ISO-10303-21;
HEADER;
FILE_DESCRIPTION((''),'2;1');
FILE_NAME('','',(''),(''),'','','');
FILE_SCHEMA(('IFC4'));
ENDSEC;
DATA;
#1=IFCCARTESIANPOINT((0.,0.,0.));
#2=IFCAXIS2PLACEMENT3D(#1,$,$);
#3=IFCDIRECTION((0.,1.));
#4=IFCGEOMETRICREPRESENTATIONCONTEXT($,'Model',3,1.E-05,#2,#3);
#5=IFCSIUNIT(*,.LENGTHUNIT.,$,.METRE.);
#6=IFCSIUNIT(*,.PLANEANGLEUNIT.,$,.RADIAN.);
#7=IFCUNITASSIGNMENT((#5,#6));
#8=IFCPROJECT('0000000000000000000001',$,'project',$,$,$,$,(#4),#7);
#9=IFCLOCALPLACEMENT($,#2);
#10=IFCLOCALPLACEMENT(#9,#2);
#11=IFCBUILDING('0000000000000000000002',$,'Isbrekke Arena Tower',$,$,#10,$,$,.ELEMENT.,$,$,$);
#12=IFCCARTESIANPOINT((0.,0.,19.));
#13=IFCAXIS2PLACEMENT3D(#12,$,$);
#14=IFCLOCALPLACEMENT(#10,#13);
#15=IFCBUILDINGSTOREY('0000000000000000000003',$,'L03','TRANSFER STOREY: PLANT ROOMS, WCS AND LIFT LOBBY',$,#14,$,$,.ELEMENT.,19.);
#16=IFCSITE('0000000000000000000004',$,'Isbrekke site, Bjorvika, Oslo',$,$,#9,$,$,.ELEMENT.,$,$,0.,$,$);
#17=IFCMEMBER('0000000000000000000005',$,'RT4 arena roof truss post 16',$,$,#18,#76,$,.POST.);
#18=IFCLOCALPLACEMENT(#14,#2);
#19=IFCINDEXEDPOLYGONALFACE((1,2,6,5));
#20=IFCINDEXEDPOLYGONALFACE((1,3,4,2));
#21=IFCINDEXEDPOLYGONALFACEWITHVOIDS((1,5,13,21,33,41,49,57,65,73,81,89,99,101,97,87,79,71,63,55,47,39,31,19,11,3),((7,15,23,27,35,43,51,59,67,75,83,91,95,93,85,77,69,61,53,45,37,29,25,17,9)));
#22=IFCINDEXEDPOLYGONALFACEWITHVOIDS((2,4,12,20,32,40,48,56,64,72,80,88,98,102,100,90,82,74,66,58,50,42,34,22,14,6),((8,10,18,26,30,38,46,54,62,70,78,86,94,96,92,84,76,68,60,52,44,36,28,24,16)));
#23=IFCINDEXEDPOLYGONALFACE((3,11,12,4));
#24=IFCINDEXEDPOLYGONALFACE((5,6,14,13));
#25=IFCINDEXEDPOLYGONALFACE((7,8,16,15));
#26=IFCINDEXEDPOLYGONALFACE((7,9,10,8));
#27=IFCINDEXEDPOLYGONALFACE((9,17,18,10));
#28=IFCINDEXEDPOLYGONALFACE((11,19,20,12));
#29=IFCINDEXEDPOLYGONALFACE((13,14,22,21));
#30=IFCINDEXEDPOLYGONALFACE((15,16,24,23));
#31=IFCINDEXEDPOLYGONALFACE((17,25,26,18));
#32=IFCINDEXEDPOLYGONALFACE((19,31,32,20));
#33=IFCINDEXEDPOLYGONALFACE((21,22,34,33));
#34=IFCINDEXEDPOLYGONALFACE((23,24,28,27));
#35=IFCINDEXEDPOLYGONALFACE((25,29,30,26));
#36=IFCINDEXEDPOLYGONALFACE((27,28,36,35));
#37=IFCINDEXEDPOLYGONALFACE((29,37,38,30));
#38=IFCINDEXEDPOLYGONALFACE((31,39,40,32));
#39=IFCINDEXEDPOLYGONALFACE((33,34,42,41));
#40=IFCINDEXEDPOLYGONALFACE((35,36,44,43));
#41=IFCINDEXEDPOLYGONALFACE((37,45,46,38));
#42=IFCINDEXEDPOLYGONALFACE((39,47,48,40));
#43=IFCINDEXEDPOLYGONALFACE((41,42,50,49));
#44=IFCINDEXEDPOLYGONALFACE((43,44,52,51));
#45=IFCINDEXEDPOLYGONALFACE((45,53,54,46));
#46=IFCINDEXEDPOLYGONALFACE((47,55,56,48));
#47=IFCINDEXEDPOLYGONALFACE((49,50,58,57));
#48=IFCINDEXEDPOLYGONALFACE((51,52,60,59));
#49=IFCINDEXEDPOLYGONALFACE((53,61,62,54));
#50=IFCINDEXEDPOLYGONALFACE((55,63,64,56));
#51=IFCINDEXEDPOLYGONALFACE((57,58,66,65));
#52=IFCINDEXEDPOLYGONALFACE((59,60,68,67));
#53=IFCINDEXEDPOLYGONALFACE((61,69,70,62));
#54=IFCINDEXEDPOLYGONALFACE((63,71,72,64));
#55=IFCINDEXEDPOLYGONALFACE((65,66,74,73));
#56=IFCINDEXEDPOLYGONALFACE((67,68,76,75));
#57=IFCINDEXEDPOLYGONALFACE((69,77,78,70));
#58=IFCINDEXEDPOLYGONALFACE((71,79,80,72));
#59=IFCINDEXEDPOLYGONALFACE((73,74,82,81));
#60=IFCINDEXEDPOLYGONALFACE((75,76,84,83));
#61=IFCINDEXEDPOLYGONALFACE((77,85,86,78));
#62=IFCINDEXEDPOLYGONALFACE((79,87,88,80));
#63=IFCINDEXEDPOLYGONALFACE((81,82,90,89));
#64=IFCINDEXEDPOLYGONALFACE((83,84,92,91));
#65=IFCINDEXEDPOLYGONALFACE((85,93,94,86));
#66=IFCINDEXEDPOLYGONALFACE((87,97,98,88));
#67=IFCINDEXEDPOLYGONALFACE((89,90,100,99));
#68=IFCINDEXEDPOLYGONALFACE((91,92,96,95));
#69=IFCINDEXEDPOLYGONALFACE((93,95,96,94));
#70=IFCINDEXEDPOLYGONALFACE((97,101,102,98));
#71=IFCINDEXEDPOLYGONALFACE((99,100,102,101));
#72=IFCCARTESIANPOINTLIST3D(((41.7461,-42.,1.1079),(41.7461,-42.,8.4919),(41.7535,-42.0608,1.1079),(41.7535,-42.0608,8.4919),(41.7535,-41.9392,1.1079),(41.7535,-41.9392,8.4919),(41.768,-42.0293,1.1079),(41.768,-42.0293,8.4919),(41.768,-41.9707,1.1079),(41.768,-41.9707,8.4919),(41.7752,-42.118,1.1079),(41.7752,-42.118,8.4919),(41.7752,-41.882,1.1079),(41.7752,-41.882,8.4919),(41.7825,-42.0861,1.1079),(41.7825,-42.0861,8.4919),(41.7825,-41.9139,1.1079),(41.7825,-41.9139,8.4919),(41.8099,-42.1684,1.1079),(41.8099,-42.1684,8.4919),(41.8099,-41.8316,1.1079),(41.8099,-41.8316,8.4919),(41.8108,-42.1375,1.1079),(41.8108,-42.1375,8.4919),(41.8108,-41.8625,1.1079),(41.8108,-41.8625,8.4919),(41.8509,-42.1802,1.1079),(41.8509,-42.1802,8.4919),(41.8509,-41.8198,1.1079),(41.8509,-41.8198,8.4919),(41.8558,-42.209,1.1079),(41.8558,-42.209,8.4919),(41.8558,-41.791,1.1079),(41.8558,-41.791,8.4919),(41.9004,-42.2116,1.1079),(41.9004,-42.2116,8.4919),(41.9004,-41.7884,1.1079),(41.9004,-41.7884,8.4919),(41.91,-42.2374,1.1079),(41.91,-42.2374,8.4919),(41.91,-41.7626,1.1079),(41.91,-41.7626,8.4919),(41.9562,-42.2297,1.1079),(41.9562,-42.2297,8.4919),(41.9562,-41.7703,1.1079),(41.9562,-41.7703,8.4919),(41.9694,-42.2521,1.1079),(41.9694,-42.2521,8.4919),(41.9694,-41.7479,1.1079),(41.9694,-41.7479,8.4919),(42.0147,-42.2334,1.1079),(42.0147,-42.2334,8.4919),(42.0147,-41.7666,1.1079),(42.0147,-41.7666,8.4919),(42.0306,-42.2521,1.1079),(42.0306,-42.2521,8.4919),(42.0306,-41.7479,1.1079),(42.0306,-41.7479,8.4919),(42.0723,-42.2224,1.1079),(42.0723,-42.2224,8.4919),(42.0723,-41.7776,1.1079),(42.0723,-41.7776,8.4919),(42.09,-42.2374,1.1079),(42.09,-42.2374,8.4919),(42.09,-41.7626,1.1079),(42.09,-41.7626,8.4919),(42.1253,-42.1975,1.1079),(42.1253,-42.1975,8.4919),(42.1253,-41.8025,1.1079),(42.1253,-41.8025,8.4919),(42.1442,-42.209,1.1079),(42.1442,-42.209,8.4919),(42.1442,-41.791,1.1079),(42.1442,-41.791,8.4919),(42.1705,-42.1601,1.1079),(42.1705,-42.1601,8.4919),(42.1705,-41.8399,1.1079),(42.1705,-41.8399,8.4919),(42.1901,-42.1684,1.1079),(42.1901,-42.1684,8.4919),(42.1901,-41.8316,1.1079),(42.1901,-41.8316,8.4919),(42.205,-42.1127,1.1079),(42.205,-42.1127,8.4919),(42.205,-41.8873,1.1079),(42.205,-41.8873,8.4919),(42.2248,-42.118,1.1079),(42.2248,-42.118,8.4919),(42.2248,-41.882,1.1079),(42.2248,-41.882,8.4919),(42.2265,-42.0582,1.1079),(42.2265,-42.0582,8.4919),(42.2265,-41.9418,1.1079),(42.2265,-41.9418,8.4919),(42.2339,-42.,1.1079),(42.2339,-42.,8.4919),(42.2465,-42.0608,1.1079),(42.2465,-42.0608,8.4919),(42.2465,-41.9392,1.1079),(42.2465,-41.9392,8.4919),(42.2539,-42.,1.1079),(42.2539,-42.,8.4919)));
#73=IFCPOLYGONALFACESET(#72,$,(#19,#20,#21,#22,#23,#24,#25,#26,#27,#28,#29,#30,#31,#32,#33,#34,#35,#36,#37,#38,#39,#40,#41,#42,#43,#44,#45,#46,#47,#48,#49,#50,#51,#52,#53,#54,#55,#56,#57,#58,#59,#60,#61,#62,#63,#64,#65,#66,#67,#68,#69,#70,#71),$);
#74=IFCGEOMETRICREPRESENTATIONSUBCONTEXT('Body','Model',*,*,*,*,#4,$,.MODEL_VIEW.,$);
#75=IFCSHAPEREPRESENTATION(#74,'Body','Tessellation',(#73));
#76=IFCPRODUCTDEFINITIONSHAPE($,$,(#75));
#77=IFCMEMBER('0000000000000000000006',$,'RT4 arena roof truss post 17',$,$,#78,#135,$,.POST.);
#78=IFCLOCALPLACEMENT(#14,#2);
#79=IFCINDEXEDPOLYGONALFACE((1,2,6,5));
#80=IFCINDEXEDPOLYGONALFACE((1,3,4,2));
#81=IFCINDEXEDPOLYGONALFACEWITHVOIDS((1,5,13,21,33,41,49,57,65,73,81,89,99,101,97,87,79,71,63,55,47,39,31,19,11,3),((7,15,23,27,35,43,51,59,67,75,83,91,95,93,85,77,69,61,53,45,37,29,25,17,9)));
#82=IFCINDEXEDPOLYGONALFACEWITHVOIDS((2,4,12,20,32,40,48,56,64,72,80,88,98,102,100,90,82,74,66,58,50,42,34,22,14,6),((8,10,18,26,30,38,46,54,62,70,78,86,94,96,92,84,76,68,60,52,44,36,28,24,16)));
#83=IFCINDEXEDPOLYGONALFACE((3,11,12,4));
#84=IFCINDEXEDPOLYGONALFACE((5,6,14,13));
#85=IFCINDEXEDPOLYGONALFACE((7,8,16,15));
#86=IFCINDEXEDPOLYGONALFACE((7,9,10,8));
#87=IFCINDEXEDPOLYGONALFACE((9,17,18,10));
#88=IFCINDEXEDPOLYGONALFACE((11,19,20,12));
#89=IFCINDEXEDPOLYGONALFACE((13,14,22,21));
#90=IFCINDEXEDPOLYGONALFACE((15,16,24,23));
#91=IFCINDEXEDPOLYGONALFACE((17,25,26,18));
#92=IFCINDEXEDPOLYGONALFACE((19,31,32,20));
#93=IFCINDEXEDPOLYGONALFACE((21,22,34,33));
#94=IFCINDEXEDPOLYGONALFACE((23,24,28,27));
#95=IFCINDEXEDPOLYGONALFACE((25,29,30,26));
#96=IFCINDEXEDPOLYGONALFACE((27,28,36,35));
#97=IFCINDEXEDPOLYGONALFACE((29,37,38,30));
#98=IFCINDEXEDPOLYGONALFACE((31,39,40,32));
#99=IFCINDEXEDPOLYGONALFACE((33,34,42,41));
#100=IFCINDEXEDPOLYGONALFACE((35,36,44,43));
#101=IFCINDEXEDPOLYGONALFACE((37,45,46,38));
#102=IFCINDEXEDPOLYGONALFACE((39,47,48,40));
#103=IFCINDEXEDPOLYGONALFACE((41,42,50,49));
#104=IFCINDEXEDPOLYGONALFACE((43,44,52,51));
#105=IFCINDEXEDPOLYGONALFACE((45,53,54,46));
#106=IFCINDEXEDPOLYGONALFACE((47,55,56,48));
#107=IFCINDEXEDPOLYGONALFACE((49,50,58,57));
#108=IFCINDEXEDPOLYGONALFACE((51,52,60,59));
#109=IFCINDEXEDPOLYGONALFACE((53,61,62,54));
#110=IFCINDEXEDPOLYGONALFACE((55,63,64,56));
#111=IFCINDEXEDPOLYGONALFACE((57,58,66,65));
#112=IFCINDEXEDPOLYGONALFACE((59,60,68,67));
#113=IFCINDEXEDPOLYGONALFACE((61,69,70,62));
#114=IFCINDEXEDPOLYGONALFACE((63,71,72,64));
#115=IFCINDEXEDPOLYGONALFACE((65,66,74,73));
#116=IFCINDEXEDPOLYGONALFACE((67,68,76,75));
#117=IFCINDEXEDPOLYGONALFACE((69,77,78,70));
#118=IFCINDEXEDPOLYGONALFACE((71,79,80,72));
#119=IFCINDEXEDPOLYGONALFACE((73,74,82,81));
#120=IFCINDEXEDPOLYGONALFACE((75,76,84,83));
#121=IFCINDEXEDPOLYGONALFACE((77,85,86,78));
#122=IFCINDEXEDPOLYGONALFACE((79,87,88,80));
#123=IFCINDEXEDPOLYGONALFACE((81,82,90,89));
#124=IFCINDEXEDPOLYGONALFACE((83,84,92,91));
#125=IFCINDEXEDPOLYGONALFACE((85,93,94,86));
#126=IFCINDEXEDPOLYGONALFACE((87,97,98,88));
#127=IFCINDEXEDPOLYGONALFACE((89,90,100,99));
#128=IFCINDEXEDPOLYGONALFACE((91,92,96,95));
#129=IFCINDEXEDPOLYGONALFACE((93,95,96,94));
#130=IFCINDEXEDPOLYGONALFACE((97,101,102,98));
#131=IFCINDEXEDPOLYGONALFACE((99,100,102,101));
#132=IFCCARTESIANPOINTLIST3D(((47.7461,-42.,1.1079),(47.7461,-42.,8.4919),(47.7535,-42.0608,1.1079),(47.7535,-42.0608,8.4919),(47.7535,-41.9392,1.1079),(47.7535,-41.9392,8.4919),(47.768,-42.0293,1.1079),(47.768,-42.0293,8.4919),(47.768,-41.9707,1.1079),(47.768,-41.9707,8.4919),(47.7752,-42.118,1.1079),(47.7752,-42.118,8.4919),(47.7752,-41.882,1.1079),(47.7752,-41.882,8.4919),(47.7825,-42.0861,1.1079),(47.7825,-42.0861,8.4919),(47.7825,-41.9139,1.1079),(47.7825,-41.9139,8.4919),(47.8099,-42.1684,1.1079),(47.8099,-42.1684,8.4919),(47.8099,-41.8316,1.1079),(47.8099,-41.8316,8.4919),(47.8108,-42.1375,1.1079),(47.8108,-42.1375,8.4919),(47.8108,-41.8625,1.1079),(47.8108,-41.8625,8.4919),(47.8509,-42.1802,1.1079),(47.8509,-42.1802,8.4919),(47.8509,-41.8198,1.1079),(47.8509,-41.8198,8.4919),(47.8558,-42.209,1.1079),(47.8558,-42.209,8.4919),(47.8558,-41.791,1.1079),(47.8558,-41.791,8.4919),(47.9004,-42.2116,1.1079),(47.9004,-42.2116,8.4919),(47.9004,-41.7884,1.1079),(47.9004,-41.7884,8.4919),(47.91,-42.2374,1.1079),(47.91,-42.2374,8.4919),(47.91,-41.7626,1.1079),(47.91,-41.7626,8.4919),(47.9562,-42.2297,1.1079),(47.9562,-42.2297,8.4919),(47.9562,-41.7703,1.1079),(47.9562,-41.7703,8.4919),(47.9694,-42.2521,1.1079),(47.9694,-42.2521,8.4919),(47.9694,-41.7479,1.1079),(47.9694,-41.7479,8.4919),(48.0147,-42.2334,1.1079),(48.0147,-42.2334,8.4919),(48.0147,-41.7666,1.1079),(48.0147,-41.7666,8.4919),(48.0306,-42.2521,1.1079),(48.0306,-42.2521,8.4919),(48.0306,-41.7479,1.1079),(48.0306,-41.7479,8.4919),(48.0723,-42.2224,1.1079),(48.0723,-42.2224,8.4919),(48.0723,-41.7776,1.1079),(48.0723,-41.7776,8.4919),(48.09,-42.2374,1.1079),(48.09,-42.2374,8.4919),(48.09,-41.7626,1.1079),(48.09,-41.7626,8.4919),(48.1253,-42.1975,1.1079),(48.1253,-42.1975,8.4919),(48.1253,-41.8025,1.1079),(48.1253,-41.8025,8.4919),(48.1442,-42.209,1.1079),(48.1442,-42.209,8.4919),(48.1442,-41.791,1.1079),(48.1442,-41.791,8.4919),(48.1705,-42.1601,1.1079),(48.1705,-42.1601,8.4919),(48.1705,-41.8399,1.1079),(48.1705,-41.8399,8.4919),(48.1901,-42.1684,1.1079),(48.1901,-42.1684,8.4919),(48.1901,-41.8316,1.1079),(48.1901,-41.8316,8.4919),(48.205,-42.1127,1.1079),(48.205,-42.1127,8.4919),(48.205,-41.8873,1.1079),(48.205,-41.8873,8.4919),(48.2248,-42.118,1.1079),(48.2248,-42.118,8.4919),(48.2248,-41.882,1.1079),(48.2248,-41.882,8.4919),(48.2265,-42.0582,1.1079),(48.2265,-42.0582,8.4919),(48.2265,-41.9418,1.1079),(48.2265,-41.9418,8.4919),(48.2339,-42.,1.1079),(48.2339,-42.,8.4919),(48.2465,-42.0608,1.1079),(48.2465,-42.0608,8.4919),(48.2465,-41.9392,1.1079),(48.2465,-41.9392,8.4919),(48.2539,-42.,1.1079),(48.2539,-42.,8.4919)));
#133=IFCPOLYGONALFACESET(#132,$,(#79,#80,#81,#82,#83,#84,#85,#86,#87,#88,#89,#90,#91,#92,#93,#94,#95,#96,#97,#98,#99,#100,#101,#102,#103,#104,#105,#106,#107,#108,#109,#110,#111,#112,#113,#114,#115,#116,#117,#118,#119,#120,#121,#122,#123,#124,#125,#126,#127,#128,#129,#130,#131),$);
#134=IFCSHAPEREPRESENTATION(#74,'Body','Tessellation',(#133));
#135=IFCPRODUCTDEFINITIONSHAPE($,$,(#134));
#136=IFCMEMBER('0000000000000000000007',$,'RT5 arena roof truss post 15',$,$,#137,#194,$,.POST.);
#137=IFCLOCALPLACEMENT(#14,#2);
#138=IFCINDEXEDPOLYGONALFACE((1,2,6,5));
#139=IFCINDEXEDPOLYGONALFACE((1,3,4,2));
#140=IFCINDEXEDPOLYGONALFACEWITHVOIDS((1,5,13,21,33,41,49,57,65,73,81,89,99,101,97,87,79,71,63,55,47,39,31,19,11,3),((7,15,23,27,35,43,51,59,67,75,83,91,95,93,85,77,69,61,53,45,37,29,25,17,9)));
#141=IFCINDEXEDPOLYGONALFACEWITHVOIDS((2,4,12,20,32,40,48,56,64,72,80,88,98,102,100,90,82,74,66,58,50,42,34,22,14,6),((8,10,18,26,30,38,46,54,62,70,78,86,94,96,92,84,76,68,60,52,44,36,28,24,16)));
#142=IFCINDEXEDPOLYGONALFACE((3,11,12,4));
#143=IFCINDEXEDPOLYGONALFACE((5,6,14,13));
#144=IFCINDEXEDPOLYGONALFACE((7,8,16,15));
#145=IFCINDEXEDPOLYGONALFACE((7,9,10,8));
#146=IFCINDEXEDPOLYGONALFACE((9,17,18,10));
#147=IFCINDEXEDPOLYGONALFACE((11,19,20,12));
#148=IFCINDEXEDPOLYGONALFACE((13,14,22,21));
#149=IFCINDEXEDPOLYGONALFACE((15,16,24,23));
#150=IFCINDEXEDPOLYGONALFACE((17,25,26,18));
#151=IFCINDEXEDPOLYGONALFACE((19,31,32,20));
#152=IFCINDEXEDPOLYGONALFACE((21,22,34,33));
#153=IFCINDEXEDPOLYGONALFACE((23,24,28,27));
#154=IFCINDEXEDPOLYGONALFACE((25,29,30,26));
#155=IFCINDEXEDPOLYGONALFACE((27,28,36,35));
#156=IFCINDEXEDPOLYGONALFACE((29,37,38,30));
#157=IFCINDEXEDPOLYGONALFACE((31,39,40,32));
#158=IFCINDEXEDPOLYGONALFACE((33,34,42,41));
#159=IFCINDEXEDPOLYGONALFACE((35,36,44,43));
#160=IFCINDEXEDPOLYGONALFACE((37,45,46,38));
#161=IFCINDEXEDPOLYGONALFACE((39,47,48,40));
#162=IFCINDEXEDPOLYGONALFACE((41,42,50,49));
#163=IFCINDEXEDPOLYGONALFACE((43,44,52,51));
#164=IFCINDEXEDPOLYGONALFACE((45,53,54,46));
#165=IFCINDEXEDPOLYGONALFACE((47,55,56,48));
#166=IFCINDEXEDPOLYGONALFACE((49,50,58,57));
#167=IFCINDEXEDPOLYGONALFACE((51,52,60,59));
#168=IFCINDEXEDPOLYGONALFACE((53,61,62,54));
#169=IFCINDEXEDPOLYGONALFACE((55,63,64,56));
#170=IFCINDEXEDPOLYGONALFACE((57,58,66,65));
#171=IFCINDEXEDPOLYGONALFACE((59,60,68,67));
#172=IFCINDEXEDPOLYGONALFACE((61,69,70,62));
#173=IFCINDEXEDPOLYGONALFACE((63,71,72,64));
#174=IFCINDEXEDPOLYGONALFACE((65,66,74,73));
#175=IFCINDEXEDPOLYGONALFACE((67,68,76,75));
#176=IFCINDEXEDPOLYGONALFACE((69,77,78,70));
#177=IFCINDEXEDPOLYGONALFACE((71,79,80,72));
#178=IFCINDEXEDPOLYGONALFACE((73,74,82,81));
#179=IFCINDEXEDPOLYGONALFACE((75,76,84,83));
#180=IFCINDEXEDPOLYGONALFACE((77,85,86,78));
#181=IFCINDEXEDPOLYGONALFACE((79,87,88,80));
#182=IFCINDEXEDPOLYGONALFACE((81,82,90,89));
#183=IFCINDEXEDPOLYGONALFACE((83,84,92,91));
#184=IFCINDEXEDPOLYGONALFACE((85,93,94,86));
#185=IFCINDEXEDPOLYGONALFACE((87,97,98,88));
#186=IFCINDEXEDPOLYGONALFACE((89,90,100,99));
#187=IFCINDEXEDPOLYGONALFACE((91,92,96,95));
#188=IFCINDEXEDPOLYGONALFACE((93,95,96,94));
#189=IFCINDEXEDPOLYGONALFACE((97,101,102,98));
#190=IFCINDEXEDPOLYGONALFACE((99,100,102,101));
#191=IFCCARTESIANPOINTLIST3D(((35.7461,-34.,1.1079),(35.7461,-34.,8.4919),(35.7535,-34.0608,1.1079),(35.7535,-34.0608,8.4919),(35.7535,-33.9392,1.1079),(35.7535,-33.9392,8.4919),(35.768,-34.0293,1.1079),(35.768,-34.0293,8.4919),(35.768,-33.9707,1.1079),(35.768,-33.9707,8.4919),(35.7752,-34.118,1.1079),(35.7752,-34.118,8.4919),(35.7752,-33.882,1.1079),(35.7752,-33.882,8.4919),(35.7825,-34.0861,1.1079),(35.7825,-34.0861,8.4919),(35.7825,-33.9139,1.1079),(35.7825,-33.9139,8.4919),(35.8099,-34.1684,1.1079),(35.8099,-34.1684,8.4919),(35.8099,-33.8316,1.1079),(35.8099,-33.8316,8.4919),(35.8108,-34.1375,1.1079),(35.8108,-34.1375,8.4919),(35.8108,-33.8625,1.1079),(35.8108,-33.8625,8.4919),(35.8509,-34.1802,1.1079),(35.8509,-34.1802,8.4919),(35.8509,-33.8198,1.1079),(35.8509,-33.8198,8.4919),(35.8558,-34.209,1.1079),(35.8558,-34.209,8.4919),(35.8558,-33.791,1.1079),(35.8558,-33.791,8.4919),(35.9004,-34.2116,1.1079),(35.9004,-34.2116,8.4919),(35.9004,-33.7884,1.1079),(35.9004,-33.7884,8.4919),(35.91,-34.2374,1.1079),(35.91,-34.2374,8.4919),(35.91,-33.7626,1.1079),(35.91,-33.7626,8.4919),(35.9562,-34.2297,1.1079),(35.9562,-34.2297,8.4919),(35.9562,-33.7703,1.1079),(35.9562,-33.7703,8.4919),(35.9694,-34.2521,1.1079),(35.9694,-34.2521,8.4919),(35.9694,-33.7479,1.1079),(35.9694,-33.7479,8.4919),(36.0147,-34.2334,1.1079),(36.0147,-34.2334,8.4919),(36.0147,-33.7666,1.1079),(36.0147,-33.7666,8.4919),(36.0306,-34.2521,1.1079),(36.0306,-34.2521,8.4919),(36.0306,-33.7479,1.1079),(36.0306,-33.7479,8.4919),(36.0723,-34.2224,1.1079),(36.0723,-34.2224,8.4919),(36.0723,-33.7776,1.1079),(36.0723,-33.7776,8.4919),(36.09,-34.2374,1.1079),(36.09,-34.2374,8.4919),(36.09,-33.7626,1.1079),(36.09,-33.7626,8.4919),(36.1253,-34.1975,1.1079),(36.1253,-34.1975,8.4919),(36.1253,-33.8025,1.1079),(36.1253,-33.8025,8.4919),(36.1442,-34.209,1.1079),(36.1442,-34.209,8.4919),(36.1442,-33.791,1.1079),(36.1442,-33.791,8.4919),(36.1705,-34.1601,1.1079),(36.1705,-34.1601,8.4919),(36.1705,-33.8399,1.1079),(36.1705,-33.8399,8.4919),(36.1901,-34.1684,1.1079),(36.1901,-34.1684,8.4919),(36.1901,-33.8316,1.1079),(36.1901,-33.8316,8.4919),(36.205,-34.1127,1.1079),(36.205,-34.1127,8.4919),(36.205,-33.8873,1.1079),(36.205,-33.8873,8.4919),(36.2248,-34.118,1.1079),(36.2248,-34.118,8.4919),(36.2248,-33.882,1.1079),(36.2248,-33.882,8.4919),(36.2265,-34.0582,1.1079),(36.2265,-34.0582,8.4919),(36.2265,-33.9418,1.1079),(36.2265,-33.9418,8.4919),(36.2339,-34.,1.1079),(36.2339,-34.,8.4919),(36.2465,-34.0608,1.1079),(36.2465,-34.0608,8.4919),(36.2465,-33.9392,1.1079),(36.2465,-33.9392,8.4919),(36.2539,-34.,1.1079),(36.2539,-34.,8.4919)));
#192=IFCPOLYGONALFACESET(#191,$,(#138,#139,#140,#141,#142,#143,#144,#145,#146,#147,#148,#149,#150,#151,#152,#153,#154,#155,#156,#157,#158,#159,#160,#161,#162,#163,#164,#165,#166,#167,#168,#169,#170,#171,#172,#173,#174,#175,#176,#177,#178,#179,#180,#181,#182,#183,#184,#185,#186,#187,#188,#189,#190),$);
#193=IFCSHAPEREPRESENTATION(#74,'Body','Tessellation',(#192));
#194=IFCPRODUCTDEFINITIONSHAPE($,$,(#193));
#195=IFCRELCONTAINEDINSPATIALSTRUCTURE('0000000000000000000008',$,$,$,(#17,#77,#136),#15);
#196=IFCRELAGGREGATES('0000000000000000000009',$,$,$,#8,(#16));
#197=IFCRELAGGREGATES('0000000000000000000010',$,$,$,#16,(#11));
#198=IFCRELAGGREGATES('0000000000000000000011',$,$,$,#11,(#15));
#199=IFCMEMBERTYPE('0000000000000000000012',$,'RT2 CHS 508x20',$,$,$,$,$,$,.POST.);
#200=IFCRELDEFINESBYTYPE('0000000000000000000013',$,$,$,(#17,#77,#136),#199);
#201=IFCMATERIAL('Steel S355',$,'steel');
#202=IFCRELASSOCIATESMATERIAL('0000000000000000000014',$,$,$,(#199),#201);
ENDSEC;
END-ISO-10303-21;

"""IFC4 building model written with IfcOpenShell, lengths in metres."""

from ifc_helpers import new_model, si_unit, direction, frame, origin, origin_2d, place, context, subcontext, project, spatial, hollow_circle, extrude, material, material_profile, profile_set, type_object, element, save


model = new_model("IFC4")

# Units and contexts
model_context = context("Model", 3, precision=1e-05, world=origin(), true_north=direction((0.0, 1.0)))
body_context = subcontext(model_context, "Body", "Model", "MODEL_VIEW")
ifc_project = project(units=[si_unit("LENGTHUNIT", "METRE"), si_unit("PLANEANGLEUNIT", "RADIAN")], contexts=[model_context])

# Site, building, storey
site_placement = place(None, origin())
site = spatial("IfcSite", under=ifc_project, at=site_placement, Name="Isbrekke site, Bjorvika, Oslo", CompositionType="ELEMENT", RefElevation=0.0)
building_placement = place(site_placement, origin())
building = spatial("IfcBuilding", under=site, at=building_placement, Name="Isbrekke Arena Tower", CompositionType="ELEMENT")
storey_placement = place(building_placement, frame((0.0, 0.0, 19.0)))
storey = spatial("IfcBuildingStorey", under=building, at=storey_placement, Name="L03", Description="TRANSFER STOREY: PLANT ROOMS, WCS AND LIFT LOBBY", CompositionType="ELEMENT", Elevation=19.0)

# Members
ifc_material_1 = material(Name="Steel S355", Category="steel")
ifc_material_profile_1 = material_profile(ifc_material_1, hollow_circle(Radius=0.2539, WallThickness=0.02, at=origin_2d()), Name="CHS 508x20")
ifc_profile_set_1 = profile_set([ifc_material_profile_1], Name="Steel S355")
member_type_1 = type_object("IfcMemberType", Name="RT2 CHS 508x20", PredefinedType="POST", material=ifc_profile_set_1)
for number, where, z_axis, x_axis, name in (
    (1, (42.0, -42.0, 1.1079), (0.0, 0.0, 1.0), (1.0, 0.0, 0.0), "RT4 arena roof truss post 16"),
    (2, (48.0, -42.0, 1.1079), (0.0, 0.0, 1.0), (1.0, 0.0, 0.0), "RT4 arena roof truss post 17"),
    (3, (36.0, -34.0, 1.1079), (0.0, 0.0, 1.0), (1.0, 0.0, 0.0), "RT5 arena roof truss post 15"),
):
    element("IfcMember", number, at=place(storey_placement, frame(where, z_axis=z_axis, x_axis=x_axis)), inside=storey, type_object=member_type_1, Name=name, PredefinedType="POST", context=body_context, shape_type="SweptSolid", body=[
        extrude(hollow_circle(Radius=0.2539, WallThickness=0.02, at=origin_2d()), origin(), (0.0, 0.0, 1.0), 7.384),
    ])

save(model, "model.ifc")
